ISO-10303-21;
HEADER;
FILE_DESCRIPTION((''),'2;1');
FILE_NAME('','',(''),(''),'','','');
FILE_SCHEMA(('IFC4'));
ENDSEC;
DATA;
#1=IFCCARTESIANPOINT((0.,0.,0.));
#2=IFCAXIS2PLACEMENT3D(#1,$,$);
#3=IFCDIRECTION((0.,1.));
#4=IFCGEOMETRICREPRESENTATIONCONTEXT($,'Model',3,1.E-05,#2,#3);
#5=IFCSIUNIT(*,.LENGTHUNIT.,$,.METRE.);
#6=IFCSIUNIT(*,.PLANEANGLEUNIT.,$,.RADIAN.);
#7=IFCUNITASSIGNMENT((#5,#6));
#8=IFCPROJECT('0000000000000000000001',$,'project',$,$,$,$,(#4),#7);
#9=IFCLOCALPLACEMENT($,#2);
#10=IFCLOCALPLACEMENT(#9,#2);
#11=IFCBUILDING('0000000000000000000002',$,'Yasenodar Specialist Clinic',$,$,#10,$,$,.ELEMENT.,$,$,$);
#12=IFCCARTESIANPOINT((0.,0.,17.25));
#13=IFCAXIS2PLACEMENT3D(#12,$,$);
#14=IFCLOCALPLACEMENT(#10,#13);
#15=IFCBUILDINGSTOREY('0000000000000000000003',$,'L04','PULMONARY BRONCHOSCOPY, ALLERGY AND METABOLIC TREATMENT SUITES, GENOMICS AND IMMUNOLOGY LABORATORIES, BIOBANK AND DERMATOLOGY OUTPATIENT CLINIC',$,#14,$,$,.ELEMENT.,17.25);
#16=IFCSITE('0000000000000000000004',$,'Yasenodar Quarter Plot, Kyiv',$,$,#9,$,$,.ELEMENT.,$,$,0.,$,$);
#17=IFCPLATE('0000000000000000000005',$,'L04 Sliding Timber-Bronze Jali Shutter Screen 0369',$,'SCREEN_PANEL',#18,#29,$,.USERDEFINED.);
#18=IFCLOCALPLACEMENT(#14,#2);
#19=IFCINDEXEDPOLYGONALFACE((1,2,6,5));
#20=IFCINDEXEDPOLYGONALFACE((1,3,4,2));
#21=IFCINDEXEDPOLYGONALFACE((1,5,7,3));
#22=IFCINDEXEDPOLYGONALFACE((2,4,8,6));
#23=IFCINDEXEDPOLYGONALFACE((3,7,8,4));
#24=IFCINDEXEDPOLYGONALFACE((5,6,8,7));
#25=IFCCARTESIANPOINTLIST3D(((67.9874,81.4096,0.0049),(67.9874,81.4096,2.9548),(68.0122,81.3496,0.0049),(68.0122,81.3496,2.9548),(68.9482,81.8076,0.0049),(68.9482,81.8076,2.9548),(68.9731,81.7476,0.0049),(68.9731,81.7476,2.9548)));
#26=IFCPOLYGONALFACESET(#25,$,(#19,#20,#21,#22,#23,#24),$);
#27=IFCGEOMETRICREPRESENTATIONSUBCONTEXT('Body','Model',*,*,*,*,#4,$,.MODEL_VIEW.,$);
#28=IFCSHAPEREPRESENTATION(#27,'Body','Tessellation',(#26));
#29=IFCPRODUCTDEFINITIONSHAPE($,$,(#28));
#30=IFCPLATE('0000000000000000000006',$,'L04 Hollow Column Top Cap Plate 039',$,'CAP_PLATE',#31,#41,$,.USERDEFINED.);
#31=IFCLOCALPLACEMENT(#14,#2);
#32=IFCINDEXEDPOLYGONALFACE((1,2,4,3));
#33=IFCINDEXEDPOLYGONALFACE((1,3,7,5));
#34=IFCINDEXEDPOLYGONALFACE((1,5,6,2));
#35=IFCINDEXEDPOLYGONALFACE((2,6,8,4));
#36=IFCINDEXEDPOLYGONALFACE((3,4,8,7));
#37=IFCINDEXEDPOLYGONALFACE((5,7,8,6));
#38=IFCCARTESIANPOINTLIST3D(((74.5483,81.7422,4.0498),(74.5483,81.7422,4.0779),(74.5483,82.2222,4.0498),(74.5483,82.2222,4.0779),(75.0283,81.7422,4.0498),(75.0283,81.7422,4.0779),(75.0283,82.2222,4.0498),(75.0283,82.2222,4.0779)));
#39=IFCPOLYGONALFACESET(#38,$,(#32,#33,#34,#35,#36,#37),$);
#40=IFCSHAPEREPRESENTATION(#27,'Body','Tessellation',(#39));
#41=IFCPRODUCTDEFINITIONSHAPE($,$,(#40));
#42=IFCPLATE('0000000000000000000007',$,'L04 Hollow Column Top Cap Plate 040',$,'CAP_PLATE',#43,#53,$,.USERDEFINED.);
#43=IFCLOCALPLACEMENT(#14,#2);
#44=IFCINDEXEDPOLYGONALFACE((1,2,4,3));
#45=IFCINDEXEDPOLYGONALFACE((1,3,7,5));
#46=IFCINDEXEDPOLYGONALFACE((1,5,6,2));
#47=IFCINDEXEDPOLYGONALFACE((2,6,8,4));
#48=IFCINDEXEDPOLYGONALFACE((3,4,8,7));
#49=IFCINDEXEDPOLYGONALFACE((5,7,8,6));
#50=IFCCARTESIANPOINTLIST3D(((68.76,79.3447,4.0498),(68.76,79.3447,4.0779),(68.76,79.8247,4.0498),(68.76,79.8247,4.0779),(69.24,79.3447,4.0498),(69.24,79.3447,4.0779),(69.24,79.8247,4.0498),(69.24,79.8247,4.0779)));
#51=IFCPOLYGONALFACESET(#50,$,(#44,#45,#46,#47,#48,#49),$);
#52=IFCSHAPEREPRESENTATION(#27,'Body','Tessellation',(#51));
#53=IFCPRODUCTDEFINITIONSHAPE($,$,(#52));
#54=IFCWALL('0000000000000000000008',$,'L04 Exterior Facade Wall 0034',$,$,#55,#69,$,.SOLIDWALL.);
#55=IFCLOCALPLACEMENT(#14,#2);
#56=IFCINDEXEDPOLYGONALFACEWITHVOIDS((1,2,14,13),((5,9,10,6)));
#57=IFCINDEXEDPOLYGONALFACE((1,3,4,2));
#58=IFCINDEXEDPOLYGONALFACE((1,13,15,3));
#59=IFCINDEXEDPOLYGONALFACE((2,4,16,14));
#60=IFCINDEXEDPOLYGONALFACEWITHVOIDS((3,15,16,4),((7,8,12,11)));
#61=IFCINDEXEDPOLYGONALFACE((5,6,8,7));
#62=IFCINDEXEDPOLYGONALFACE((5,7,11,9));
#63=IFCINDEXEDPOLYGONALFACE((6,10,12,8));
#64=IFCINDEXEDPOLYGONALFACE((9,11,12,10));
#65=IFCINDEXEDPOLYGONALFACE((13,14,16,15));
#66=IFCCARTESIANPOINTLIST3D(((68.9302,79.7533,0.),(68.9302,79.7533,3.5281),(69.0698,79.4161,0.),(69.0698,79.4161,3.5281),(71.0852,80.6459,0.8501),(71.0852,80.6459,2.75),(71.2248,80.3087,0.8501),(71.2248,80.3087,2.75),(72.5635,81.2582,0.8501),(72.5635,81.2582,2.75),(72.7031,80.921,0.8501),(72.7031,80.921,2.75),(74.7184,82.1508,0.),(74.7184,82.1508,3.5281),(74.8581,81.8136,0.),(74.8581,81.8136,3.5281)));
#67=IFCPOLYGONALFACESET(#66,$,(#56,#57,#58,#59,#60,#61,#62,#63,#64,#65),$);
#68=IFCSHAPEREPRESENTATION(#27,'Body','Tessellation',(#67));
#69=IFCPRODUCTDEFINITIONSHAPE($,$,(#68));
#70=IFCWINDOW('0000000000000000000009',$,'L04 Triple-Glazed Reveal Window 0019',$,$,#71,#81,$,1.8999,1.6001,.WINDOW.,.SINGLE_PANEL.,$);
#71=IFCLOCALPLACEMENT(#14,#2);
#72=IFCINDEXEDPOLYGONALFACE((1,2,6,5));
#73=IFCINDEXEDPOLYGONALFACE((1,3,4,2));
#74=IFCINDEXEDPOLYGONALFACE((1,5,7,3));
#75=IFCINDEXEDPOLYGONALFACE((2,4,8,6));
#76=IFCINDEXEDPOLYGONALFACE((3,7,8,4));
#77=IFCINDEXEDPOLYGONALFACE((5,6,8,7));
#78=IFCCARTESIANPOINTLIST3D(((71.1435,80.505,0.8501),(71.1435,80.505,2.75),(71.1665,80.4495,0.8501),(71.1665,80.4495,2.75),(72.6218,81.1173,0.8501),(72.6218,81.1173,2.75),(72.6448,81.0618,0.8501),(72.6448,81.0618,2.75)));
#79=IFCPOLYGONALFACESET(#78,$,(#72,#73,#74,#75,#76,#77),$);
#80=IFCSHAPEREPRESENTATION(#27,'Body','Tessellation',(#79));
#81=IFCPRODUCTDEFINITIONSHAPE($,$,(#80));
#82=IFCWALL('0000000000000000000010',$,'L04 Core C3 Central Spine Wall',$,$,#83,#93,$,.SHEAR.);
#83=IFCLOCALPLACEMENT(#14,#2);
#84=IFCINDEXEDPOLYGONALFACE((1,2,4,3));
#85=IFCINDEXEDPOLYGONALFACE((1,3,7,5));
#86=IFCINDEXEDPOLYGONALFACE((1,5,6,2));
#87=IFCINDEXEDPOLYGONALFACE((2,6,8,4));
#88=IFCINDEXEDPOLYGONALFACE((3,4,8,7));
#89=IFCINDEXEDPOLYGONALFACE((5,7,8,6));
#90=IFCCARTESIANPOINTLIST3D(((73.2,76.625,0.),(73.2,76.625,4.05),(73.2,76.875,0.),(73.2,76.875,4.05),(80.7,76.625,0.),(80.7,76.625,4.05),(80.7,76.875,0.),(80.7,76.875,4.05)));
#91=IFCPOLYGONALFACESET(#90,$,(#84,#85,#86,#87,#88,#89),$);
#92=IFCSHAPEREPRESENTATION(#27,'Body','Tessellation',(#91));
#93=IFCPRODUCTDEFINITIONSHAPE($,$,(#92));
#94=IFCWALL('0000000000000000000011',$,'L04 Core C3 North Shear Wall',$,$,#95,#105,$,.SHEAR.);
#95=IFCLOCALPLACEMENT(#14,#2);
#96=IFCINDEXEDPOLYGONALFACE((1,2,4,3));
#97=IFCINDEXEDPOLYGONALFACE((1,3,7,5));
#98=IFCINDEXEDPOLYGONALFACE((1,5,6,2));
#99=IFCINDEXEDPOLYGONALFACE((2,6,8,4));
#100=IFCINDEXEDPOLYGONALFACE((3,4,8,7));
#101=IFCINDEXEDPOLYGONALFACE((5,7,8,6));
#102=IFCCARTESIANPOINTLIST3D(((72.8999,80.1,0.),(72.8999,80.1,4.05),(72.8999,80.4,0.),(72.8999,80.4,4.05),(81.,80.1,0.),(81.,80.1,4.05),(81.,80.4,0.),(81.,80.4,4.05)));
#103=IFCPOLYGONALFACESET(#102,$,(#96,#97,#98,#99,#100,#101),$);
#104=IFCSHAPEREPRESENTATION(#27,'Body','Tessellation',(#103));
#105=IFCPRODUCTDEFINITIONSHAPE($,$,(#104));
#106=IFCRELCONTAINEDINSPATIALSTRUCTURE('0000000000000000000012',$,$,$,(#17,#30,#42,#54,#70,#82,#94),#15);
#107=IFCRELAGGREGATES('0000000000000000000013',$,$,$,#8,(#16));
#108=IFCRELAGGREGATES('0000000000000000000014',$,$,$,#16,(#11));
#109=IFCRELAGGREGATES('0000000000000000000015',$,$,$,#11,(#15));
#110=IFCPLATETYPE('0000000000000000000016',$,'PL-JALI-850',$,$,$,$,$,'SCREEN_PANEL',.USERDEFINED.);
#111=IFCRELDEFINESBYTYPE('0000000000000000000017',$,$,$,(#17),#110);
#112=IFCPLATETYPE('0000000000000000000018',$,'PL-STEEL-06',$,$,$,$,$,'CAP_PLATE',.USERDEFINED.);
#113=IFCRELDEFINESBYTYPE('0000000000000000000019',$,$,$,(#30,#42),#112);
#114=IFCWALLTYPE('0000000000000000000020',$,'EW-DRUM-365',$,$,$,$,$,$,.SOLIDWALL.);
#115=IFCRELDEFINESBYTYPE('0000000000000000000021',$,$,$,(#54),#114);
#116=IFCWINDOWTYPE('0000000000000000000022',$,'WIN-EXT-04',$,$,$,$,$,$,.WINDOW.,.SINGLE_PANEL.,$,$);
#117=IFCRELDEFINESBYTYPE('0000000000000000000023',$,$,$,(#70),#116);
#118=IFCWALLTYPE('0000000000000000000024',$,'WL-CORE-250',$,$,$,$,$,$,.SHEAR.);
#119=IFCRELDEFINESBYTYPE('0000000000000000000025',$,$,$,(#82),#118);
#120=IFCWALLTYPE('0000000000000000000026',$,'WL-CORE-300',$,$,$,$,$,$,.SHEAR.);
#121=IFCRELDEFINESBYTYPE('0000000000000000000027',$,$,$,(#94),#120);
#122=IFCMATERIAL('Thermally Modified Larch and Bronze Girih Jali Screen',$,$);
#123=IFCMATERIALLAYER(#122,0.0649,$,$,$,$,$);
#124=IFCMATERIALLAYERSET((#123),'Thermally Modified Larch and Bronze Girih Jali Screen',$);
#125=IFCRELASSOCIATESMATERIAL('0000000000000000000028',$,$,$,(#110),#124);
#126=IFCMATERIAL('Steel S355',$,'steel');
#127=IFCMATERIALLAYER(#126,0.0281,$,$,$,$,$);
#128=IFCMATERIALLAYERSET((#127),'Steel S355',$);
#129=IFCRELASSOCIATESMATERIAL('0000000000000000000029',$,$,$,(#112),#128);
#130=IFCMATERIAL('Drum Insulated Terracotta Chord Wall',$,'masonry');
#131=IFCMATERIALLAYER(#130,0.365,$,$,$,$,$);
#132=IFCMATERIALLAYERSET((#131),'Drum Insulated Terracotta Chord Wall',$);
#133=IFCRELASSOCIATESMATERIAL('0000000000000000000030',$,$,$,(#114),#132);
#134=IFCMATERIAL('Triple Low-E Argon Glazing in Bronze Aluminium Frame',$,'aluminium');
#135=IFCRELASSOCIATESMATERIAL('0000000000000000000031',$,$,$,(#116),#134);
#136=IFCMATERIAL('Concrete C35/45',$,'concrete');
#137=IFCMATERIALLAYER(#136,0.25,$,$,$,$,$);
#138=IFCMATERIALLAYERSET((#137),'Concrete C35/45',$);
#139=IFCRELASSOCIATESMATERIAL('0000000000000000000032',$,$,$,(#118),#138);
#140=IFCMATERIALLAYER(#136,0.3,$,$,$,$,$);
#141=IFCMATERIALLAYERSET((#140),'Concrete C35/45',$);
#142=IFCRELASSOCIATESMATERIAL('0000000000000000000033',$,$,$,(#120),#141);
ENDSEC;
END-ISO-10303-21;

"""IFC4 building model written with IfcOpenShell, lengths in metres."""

from ifc_helpers import new_model, si_unit, direction, frame, frame_2d, origin, origin_2d, place, context, subcontext, project, spatial, rectangle, extrude, material, layer, layer_set, type_object, element, fill, save


model = new_model("IFC4")

# Units and contexts
model_context = context("Model", 3, precision=1e-05, world=origin(), true_north=direction((0.0, 1.0)))
body_context = subcontext(model_context, "Body", "Model", "MODEL_VIEW")
ifc_project = project(units=[si_unit("LENGTHUNIT", "METRE"), si_unit("PLANEANGLEUNIT", "RADIAN")], contexts=[model_context])

# Site, building, storey
site_placement = place(None, origin())
site = spatial("IfcSite", under=ifc_project, at=site_placement, Name="Yasenodar Quarter Plot, Kyiv", CompositionType="ELEMENT", RefElevation=0.0)
building_placement = place(site_placement, origin())
building = spatial("IfcBuilding", under=site, at=building_placement, Name="Yasenodar Specialist Clinic", CompositionType="ELEMENT")
storey_placement = place(building_placement, frame((0.0, 0.0, 17.25)))
storey = spatial("IfcBuildingStorey", under=building, at=storey_placement, Name="L04", Description="PULMONARY BRONCHOSCOPY, ALLERGY AND METABOLIC TREATMENT SUITES, GENOMICS AND IMMUNOLOGY LABORATORIES, BIOBANK AND DERMATOLOGY OUTPATIENT CLINIC", CompositionType="ELEMENT", Elevation=17.25)

# Shared definitions
ifc_material_1 = material(Name="Steel S355", Category="steel")

# Plates
ifc_material_2 = material(Name="Thermally Modified Larch and Bronze Girih Jali Screen")
ifc_layer_1 = layer(ifc_material_2, 0.0649)
ifc_layer_set_1 = layer_set([ifc_layer_1], Name="Thermally Modified Larch and Bronze Girih Jali Screen")
plate_type_1 = type_object("IfcPlateType", Name="PL-JALI-850", ElementType="SCREEN_PANEL", PredefinedType="USERDEFINED", material=ifc_layer_set_1)
for number, where, z_axis, x_axis, name in (
    (1, (68.4802, 81.5786, 0.0049), (0.0, 0.0, 1.0), (-0.923878, -0.382687, 0.0), "L04 Sliding Timber-Bronze Jali Shutter Screen 0369"),
):
    element("IfcPlate", number, at=place(storey_placement, frame(where, z_axis=z_axis, x_axis=x_axis)), inside=storey, type_object=plate_type_1, Name=name, ObjectType="SCREEN_PANEL", PredefinedType="USERDEFINED", context=body_context, shape_type="SweptSolid", body=[
        extrude(rectangle(XDim=1.04, YDim=0.0649, at=origin_2d()), origin(), (0.0, 0.0, 1.0), 2.95),
    ])
ifc_layer_2 = layer(ifc_material_1, 0.0281)
ifc_layer_set_2 = layer_set([ifc_layer_2], Name="Steel S355")
plate_type_2 = type_object("IfcPlateType", Name="PL-STEEL-06", ElementType="CAP_PLATE", PredefinedType="USERDEFINED", material=ifc_layer_set_2)
for number, where, z_axis, x_axis, name in (
    (2, (74.7883, 81.9822, 4.0498), (0.0, 0.0, 1.0), (1.0, 0.0, 0.0), "L04 Hollow Column Top Cap Plate 039"),
    (3, (69.0, 79.5847, 4.0498), (0.0, 0.0, 1.0), (1.0, 0.0, 0.0), "L04 Hollow Column Top Cap Plate 040"),
):
    element("IfcPlate", number, at=place(storey_placement, frame(where, z_axis=z_axis, x_axis=x_axis)), inside=storey, type_object=plate_type_2, Name=name, ObjectType="CAP_PLATE", PredefinedType="USERDEFINED", context=body_context, shape_type="SweptSolid", body=[
        extrude(rectangle(XDim=0.48, YDim=0.48, at=origin_2d()), origin(), (0.0, 0.0, 1.0), 0.0281),
    ])

# Wall, opening, window
ifc_material_3 = material(Name="Drum Insulated Terracotta Chord Wall", Category="masonry")
ifc_layer_3 = layer(ifc_material_3, 0.365)
ifc_layer_set_3 = layer_set([ifc_layer_3], Name="Drum Insulated Terracotta Chord Wall")
wall_type_1 = type_object("IfcWallType", Name="EW-DRUM-365", PredefinedType="SOLIDWALL", material=ifc_layer_set_3)
wall_1_placement = place(storey_placement, frame((69.0, 79.5847, 0.0), z_axis=(0.0, 0.0, 1.0), x_axis=(0.923888, 0.382664, 0.0)))
wall_1 = element("IfcWall", 4, at=wall_1_placement, inside=storey, type_object=wall_type_1, Name="L04 Exterior Facade Wall 0034", PredefinedType="SOLIDWALL", context=body_context, shape_type="SweptSolid", body=[
    extrude(rectangle(XDim=6.2651, YDim=0.365, at=frame_2d((3.1326, 0.0))), origin(), (0.0, 0.0, 1.0), 3.5281),
])
opening_placement = place(wall_1_placement, frame((2.3325, 0.0, 0.8501)))
opening = element("IfcOpeningElement", 5, at=opening_placement, cuts=wall_1, PredefinedType="OPENING", context=body_context, shape_type="SweptSolid", body=[
    extrude(rectangle(XDim=1.6001, YDim=1.8999, at=frame_2d((0.8, 0.95))), frame((0.0, 0.1924, 0.0), z_axis=(0.0, -1.0, 0.0), x_axis=(1.0, 0.0, 0.0)), (0.0, 0.0, 1.0), 0.385),
])
ifc_material_4 = material(Name="Triple Low-E Argon Glazing in Bronze Aluminium Frame", Category="aluminium")
window_type = type_object("IfcWindowType", Name="WIN-EXT-04", PartitioningType="SINGLE_PANEL", PredefinedType="WINDOW", material=ifc_material_4)
window_placement = place(opening_placement, origin())
window = element("IfcWindow", 6, at=window_placement, inside=storey, type_object=window_type, Name="L04 Triple-Glazed Reveal Window 0019", OverallHeight=1.8999, OverallWidth=1.6001, PartitioningType="SINGLE_PANEL", PredefinedType="WINDOW", context=body_context, shape_type="SweptSolid", body=[
    extrude(rectangle(XDim=1.6001, YDim=1.8999, at=frame_2d((0.8, 0.95))), frame((0.0, 0.03, 0.0), z_axis=(0.0, -1.0, 0.0), x_axis=(1.0, 0.0, 0.0)), (0.0, 0.0, 1.0), 0.0601),
])
fill(opening, window)

# Walls
ifc_material_5 = material(Name="Concrete C35/45", Category="concrete")
ifc_layer_4 = layer(ifc_material_5, 0.25)
ifc_layer_set_4 = layer_set([ifc_layer_4], Name="Concrete C35/45")
wall_type_2 = type_object("IfcWallType", Name="WL-CORE-250", PredefinedType="SHEAR", material=ifc_layer_set_4)
wall_2_placement = place(storey_placement, frame((73.2, 76.75, 0.0), z_axis=(0.0, 0.0, 1.0), x_axis=(1.0, 0.0, 0.0)))
element("IfcWall", 7, at=wall_2_placement, inside=storey, type_object=wall_type_2, Name="L04 Core C3 Central Spine Wall", PredefinedType="SHEAR", context=body_context, shape_type="SweptSolid", body=[
    extrude(rectangle(XDim=7.5, YDim=0.25, at=frame_2d((3.75, 0.0))), origin(), (0.0, 0.0, 1.0), 4.05),
])
ifc_layer_5 = layer(ifc_material_5, 0.3)
ifc_layer_set_5 = layer_set([ifc_layer_5], Name="Concrete C35/45")
wall_type_3 = type_object("IfcWallType", Name="WL-CORE-300", PredefinedType="SHEAR", material=ifc_layer_set_5)
wall_3_placement = place(storey_placement, frame((72.8999, 80.25, 0.0), z_axis=(0.0, 0.0, 1.0), x_axis=(1.0, 0.0, 0.0)))
element("IfcWall", 8, at=wall_3_placement, inside=storey, type_object=wall_type_3, Name="L04 Core C3 North Shear Wall", PredefinedType="SHEAR", context=body_context, shape_type="SweptSolid", body=[
    extrude(rectangle(XDim=8.1001, YDim=0.3, at=frame_2d((4.05, 0.0))), origin(), (0.0, 0.0, 1.0), 4.05),
])

save(model, "model.ifc")
